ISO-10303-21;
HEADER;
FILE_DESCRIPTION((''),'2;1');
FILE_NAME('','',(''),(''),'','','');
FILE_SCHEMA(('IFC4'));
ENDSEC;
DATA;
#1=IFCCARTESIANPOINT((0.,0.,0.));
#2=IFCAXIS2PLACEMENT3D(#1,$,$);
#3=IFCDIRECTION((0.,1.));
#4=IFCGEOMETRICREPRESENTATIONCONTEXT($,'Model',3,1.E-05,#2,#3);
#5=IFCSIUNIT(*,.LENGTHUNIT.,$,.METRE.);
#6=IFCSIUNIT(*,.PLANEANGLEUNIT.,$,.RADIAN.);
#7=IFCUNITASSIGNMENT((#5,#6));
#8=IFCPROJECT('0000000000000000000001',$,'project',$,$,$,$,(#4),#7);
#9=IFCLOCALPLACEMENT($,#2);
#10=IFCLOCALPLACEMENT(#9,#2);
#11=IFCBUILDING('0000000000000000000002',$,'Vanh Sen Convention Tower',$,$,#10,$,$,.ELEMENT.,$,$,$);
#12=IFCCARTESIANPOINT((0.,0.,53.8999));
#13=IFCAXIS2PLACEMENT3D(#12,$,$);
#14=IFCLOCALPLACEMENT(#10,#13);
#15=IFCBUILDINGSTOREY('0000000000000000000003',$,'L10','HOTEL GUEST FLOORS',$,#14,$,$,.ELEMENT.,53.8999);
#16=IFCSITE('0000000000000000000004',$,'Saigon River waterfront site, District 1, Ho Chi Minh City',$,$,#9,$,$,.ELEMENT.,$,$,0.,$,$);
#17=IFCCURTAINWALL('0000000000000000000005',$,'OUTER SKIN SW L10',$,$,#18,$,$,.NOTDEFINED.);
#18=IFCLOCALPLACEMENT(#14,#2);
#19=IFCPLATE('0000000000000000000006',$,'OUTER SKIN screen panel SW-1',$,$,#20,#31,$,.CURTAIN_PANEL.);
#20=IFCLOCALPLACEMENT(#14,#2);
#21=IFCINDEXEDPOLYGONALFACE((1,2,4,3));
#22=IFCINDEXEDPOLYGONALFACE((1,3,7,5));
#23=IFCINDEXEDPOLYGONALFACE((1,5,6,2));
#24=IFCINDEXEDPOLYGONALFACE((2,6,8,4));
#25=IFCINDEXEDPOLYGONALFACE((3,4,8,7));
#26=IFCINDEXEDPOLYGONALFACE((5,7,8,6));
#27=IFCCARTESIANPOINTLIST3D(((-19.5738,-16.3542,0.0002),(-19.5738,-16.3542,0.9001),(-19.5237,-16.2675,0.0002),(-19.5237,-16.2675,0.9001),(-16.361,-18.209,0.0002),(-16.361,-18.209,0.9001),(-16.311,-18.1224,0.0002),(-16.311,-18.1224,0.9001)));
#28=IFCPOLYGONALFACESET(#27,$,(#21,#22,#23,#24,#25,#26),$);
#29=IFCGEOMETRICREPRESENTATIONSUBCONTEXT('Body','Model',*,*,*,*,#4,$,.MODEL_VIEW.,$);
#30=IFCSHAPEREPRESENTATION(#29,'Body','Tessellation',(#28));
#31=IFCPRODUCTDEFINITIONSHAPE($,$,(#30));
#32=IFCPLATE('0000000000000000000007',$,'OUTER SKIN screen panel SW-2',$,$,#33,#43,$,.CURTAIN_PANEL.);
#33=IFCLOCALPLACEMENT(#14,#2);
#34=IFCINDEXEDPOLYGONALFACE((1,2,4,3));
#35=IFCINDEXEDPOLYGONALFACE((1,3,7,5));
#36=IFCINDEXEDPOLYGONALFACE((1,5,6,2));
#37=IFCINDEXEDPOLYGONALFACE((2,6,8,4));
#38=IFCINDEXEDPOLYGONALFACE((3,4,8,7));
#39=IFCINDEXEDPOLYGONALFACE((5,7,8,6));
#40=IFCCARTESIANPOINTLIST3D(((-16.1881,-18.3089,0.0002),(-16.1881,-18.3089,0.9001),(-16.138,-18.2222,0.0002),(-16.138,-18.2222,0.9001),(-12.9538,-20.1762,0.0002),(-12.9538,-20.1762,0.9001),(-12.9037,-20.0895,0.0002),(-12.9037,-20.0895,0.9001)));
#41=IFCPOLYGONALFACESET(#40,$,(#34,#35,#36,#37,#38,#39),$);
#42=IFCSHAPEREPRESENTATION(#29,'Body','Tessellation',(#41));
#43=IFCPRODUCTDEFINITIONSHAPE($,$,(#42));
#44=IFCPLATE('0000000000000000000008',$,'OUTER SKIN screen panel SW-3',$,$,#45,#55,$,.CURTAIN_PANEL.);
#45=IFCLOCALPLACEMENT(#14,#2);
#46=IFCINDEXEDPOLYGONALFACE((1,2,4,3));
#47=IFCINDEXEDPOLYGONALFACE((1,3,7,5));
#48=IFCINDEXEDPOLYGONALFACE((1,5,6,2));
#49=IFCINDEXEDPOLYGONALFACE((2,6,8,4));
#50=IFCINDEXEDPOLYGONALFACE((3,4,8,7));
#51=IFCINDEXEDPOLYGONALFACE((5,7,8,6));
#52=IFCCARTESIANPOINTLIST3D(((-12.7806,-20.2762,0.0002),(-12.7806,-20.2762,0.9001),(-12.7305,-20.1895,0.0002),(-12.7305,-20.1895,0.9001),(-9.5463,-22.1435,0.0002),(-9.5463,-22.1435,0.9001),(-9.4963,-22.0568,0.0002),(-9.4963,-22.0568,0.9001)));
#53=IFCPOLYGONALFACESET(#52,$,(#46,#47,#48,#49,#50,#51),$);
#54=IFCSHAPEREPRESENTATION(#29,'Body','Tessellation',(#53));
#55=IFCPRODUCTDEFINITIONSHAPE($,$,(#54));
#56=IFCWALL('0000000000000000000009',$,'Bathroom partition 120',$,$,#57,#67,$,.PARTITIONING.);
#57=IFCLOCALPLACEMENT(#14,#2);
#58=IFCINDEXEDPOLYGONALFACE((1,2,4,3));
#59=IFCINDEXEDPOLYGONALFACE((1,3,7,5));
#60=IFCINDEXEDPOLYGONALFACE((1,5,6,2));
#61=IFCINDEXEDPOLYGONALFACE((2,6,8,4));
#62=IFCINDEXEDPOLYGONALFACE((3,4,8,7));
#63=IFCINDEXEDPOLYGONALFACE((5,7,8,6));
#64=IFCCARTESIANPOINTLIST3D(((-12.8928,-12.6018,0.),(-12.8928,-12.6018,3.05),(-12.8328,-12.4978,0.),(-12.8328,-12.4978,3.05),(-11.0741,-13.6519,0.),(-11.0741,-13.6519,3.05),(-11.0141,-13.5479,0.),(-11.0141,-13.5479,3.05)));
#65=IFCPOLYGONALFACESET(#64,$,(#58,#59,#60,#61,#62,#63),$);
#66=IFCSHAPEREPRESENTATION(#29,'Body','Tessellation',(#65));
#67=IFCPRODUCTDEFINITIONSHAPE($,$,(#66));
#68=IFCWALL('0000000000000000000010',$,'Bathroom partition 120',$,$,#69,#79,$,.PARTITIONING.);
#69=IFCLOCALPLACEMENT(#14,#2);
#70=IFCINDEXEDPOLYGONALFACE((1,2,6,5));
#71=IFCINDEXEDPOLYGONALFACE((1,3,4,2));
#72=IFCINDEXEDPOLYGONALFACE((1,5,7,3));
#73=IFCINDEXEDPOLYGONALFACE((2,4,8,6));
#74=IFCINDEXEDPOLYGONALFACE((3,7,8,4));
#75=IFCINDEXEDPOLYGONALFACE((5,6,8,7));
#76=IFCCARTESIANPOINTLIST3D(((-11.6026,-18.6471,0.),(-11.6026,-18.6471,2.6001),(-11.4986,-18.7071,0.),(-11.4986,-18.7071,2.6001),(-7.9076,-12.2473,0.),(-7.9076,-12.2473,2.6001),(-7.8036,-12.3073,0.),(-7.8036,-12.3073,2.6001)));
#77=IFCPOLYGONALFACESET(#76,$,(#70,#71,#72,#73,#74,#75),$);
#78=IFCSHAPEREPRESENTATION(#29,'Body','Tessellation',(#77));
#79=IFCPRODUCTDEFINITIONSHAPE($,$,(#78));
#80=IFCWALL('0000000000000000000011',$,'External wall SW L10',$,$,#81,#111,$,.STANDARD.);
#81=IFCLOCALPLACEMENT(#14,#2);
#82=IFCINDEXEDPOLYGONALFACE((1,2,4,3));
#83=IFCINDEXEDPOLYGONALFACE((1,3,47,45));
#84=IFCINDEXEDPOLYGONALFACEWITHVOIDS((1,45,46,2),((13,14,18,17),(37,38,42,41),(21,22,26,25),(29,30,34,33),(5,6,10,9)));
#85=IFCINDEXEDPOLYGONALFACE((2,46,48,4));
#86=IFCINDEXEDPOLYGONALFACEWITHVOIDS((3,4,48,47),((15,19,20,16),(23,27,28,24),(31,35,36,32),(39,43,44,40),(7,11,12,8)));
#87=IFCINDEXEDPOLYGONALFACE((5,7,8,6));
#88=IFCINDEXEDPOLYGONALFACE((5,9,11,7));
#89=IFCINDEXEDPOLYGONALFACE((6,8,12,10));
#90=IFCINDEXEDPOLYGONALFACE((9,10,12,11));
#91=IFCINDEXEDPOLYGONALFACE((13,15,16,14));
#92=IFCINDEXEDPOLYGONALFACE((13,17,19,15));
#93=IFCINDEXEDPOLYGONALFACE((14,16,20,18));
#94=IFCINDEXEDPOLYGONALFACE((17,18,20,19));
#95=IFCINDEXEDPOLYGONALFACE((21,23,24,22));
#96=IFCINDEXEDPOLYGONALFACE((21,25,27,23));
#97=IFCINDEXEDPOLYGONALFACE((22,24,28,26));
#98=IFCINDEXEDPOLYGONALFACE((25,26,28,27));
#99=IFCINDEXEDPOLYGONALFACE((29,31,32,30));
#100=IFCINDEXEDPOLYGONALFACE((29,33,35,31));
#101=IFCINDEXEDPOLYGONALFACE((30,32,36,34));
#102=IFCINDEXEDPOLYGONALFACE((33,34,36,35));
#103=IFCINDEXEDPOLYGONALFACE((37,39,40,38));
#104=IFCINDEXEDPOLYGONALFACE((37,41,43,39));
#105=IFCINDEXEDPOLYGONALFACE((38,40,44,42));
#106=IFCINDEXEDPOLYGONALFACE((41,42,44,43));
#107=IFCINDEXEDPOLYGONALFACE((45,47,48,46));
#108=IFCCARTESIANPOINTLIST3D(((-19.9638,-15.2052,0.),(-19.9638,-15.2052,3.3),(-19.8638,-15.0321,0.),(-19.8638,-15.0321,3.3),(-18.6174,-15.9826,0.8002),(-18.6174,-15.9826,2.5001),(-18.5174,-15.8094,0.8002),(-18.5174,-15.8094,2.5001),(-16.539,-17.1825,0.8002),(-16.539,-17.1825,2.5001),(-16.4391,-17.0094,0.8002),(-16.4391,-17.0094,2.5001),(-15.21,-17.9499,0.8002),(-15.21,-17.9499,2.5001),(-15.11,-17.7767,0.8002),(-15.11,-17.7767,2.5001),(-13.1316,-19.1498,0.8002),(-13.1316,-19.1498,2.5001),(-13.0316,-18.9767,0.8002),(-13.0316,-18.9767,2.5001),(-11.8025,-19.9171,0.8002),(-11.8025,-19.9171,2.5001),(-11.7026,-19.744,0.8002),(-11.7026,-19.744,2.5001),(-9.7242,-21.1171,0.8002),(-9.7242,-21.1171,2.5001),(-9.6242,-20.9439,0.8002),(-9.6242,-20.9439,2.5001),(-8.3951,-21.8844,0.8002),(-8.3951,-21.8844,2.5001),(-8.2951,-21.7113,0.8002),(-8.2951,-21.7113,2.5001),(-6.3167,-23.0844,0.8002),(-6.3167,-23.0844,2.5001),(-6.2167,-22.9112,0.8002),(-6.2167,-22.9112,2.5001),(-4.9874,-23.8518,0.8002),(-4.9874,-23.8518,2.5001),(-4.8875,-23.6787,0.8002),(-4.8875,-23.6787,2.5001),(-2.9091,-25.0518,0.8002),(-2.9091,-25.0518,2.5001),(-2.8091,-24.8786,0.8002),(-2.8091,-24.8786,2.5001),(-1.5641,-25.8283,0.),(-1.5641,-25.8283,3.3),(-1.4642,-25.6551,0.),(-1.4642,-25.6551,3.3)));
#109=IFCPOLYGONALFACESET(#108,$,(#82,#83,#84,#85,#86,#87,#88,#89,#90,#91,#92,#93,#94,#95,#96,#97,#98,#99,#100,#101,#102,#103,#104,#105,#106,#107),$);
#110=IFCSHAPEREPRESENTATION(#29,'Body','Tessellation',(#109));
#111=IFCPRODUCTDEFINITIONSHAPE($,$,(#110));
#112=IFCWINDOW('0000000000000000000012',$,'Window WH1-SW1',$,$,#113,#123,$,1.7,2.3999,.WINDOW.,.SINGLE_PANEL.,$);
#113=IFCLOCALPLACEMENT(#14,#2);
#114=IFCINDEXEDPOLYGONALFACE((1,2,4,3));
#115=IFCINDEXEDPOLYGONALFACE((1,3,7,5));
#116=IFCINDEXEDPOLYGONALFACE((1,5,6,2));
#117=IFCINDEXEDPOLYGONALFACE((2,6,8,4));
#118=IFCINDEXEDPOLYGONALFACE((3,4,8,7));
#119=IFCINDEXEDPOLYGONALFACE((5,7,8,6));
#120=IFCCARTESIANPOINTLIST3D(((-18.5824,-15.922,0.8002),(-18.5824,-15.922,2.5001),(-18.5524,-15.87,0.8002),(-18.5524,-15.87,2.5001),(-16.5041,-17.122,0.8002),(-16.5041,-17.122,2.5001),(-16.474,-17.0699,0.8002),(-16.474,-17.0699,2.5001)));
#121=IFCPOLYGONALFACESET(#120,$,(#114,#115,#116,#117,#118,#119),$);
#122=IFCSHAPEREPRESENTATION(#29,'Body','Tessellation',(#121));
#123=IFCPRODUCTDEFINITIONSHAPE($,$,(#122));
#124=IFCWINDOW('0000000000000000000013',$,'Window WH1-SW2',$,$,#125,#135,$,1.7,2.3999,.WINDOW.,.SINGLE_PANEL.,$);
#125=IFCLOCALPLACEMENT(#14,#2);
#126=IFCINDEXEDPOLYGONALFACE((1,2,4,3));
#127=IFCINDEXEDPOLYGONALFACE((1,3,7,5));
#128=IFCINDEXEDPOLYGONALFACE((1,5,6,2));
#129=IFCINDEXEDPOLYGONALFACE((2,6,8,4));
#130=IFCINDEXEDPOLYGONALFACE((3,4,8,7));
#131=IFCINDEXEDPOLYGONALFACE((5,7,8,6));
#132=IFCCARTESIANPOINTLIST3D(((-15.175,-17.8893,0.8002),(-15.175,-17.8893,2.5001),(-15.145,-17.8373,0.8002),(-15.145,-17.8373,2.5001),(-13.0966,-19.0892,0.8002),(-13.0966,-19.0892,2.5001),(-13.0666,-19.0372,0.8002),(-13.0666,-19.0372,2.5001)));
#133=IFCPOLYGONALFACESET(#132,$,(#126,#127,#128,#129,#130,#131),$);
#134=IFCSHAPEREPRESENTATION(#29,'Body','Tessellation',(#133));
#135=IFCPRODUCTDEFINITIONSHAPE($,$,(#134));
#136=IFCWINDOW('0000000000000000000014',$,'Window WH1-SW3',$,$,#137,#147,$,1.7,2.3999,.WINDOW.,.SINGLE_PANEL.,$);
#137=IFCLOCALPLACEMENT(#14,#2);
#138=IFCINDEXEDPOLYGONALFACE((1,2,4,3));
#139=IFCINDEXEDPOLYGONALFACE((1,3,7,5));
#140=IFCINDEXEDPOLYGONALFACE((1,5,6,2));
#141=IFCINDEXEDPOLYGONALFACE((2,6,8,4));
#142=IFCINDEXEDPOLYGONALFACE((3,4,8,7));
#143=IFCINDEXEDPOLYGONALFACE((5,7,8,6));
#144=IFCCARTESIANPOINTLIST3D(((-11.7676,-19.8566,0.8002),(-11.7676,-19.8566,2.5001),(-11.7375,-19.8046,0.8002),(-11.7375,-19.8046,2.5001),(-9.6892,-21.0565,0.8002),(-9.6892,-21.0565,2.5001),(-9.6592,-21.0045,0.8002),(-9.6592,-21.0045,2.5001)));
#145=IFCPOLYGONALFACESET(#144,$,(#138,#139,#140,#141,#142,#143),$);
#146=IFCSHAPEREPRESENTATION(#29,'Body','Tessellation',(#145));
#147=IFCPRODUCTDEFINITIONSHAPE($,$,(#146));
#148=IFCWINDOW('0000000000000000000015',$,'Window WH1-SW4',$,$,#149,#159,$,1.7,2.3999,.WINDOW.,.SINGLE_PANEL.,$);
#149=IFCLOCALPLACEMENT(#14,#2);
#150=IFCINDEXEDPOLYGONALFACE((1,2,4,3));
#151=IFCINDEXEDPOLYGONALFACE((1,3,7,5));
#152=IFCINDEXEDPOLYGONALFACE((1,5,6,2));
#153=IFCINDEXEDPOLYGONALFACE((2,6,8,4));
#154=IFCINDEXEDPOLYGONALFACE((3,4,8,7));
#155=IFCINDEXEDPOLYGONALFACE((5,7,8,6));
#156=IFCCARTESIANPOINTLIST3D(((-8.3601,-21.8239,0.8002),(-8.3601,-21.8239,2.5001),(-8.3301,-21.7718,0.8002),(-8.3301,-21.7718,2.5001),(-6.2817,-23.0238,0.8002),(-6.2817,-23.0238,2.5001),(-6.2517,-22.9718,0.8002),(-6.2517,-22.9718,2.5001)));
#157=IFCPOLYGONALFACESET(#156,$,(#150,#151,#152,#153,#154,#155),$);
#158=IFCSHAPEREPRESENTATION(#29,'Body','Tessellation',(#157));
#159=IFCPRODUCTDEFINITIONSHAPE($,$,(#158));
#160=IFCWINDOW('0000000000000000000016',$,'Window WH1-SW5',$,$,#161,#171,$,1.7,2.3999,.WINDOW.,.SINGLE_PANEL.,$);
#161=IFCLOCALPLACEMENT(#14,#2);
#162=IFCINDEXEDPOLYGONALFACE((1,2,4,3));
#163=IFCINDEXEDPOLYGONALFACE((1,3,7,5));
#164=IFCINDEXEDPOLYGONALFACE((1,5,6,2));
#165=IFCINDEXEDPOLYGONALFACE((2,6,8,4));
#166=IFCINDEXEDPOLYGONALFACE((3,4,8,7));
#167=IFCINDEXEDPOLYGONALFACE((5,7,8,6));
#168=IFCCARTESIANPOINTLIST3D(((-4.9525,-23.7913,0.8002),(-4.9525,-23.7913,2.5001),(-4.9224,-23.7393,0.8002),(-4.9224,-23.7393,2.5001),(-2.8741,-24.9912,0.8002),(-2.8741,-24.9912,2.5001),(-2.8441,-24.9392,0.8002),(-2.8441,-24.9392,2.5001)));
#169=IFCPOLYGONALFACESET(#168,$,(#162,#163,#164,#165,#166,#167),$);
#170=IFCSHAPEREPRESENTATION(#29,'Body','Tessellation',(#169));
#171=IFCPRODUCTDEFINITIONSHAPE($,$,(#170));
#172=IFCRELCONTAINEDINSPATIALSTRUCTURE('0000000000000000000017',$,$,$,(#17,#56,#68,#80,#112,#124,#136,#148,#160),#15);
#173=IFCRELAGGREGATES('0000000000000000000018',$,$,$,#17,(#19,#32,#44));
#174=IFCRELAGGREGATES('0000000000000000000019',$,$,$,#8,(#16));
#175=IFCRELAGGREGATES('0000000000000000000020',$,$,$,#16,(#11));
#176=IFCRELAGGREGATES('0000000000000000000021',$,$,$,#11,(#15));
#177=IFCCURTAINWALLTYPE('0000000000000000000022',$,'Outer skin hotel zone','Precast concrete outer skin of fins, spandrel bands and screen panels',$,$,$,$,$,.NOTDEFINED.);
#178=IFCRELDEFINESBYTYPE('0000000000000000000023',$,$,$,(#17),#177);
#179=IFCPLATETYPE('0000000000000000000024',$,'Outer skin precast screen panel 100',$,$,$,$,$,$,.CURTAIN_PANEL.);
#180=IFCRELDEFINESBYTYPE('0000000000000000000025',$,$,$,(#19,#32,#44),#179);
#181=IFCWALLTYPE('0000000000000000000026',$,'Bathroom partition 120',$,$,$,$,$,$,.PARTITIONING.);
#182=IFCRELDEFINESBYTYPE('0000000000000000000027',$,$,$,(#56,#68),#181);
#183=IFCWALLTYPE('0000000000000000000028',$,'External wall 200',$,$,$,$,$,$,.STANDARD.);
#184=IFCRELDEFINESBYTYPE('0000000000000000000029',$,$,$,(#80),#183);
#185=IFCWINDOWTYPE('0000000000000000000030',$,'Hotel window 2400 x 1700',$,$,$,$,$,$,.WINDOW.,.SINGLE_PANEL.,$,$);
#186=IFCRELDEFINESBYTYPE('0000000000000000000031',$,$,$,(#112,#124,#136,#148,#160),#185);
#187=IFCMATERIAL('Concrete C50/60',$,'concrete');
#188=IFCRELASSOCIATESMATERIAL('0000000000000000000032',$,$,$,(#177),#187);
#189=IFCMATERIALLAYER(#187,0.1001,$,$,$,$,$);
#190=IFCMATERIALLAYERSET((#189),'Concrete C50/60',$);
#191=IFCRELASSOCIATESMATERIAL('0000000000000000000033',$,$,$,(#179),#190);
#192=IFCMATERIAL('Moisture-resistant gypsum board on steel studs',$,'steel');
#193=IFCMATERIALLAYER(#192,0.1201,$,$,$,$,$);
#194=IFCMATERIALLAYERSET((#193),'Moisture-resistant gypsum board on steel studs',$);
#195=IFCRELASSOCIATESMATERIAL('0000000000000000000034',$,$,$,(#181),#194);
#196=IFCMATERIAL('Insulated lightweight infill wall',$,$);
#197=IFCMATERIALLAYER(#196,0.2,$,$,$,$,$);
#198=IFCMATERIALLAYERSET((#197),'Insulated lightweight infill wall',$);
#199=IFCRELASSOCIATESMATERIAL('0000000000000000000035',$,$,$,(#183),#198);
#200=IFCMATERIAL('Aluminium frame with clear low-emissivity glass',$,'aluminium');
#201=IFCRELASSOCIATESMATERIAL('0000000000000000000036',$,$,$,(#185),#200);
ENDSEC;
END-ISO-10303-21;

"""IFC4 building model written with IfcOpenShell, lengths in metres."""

from ifc_helpers import new_model, si_unit, direction, frame, frame_2d, origin, origin_2d, place, context, subcontext, project, spatial, rectangle, extrude, material, layer, layer_set, type_object, element, fill, aggregate, save


model = new_model("IFC4")

# Units and contexts
model_context = context("Model", 3, precision=1e-05, world=origin(), true_north=direction((0.0, 1.0)))
body_context = subcontext(model_context, "Body", "Model", "MODEL_VIEW")
ifc_project = project(units=[si_unit("LENGTHUNIT", "METRE"), si_unit("PLANEANGLEUNIT", "RADIAN")], contexts=[model_context])

# Site, building, storey
site_placement = place(None, origin())
site = spatial("IfcSite", under=ifc_project, at=site_placement, Name="Saigon River waterfront site, District 1, Ho Chi Minh City", CompositionType="ELEMENT", RefElevation=0.0)
building_placement = place(site_placement, origin())
building = spatial("IfcBuilding", under=site, at=building_placement, Name="Vanh Sen Convention Tower", CompositionType="ELEMENT")
storey_placement = place(building_placement, frame((0.0, 0.0, 53.8999)))
storey = spatial("IfcBuildingStorey", under=building, at=storey_placement, Name="L10", Description="HOTEL GUEST FLOORS", CompositionType="ELEMENT", Elevation=53.8999)

# Curtain wall
ifc_material_1 = material(Name="Concrete C50/60", Category="concrete")
curtain_wall_type = type_object("IfcCurtainWallType", Name="Outer skin hotel zone", Description="Precast concrete outer skin of fins, spandrel bands and screen panels", PredefinedType="NOTDEFINED", material=ifc_material_1)
curtain_wall_1_placement = place(storey_placement, origin())
curtain_wall_1 = element("IfcCurtainWall", 1, at=curtain_wall_1_placement, inside=storey, type_object=curtain_wall_type, Name="OUTER SKIN SW L10", PredefinedType="NOTDEFINED")

# Shared definitions
ifc_layer_1 = layer(ifc_material_1, 0.1001)
ifc_layer_set_1 = layer_set([ifc_layer_1], Name="Concrete C50/60")
plate_type = type_object("IfcPlateType", Name="Outer skin precast screen panel 100", PredefinedType="CURTAIN_PANEL", material=ifc_layer_set_1)

# Plates
plate_1_placement = place(storey_placement, frame((-17.9424, -17.2383, 0.0002), z_axis=(0.0, 0.0, 1.0), x_axis=(0.866028, -0.499995, 0.0)))
plate_1 = element("IfcPlate", 2, at=plate_1_placement, type_object=plate_type, Name="OUTER SKIN screen panel SW-1", PredefinedType="CURTAIN_PANEL", context=body_context, shape_type="SweptSolid", body=[
    extrude(rectangle(XDim=3.7097, YDim=0.1001, at=origin_2d()), origin(), (0.0, 0.0, 1.0), 0.8999),
])
plate_2_placement = place(storey_placement, frame((-14.5459, -19.1992, 0.0002), z_axis=(0.0, 0.0, 1.0), x_axis=(0.866032, -0.499988, 0.0)))
plate_2 = element("IfcPlate", 3, at=plate_2_placement, type_object=plate_type, Name="OUTER SKIN screen panel SW-2", PredefinedType="CURTAIN_PANEL", context=body_context, shape_type="SweptSolid", body=[
    extrude(rectangle(XDim=3.7346, YDim=0.1001, at=origin_2d()), origin(), (0.0, 0.0, 1.0), 0.8999),
])
plate_3_placement = place(storey_placement, frame((-11.1384, -21.1665, 0.0002), z_axis=(0.0, 0.0, 1.0), x_axis=(0.866028, -0.499995, 0.0)))
plate_3 = element("IfcPlate", 4, at=plate_3_placement, type_object=plate_type, Name="OUTER SKIN screen panel SW-3", PredefinedType="CURTAIN_PANEL", context=body_context, shape_type="SweptSolid", body=[
    extrude(rectangle(XDim=3.7346, YDim=0.1001, at=origin_2d()), origin(), (0.0, 0.0, 1.0), 0.8999),
])
aggregate(curtain_wall_1, [plate_1, plate_2, plate_3])

# Walls
ifc_material_2 = material(Name="Moisture-resistant gypsum board on steel studs", Category="steel")
ifc_layer_2 = layer(ifc_material_2, 0.1201)
ifc_layer_set_2 = layer_set([ifc_layer_2], Name="Moisture-resistant gypsum board on steel studs")
wall_type_1 = type_object("IfcWallType", Name="Bathroom partition 120", PredefinedType="PARTITIONING", material=ifc_layer_set_2)
wall_1_placement = place(storey_placement, frame((-12.8628, -12.5498, 0.0), z_axis=(0.0, 0.0, 1.0), x_axis=(0.866009, -0.500028, 0.0)))
element("IfcWall", 5, at=wall_1_placement, inside=storey, type_object=wall_type_1, Name="Bathroom partition 120", PredefinedType="PARTITIONING", context=body_context, shape_type="SweptSolid", body=[
    extrude(rectangle(XDim=2.1001, YDim=0.1201, at=frame_2d((1.05, 0.0))), origin(), (0.0, 0.0, 1.0), 3.05),
])
wall_2_placement = place(storey_placement, frame((-11.5505, -18.677, 0.0), z_axis=(0.0, 0.0, 1.0), x_axis=(0.500008, 0.866021, 0.0)))
element("IfcWall", 6, at=wall_2_placement, inside=storey, type_object=wall_type_1, Name="Bathroom partition 120", PredefinedType="PARTITIONING", context=body_context, shape_type="SweptSolid", body=[
    extrude(rectangle(XDim=7.3899, YDim=0.1201, at=frame_2d((3.6948, 0.0))), origin(), (0.0, 0.0, 1.0), 2.6001),
])

# Wall, openings, windows
ifc_material_3 = material(Name="Insulated lightweight infill wall")
ifc_layer_3 = layer(ifc_material_3, 0.2)
ifc_layer_set_3 = layer_set([ifc_layer_3], Name="Insulated lightweight infill wall")
wall_type_2 = type_object("IfcWallType", Name="External wall 200", PredefinedType="STANDARD", material=ifc_layer_set_3)
wall_3_placement = place(storey_placement, frame((-19.9138, -15.1187, 0.0), z_axis=(0.0, 0.0, 1.0), x_axis=(0.866025, -0.5, 0.0)))
wall_3 = element("IfcWall", 7, at=wall_3_placement, inside=storey, type_object=wall_type_2, Name="External wall SW L10", PredefinedType="STANDARD", context=body_context, shape_type="SweptSolid", body=[
    extrude(rectangle(XDim=21.2461, YDim=0.2, at=frame_2d((10.623, 0.0))), origin(), (0.0, 0.0, 1.0), 3.3),
])
opening_1_placement = place(wall_3_placement, frame((1.5547, 0.0, 0.8)))
opening_1 = element("IfcOpeningElement", 8, at=opening_1_placement, cuts=wall_3, PredefinedType="OPENING", context=body_context, shape_type="SweptSolid", body=[
    extrude(rectangle(XDim=2.3999, YDim=1.7, at=frame_2d((1.2, 0.8501))), frame((0.0, 0.1099, 0.0), z_axis=(0.0, -1.0, 0.0), x_axis=(1.0, 0.0, 0.0)), (0.0, 0.0, 1.0), 0.22),
])
opening_2_placement = place(wall_3_placement, frame((5.4893, 0.0, 0.8)))
opening_2 = element("IfcOpeningElement", 9, at=opening_2_placement, cuts=wall_3, PredefinedType="OPENING", context=body_context, shape_type="SweptSolid", body=[
    extrude(rectangle(XDim=2.3999, YDim=1.7, at=frame_2d((1.2, 0.8501))), frame((0.0, 0.1099, 0.0), z_axis=(0.0, -1.0, 0.0), x_axis=(1.0, 0.0, 0.0)), (0.0, 0.0, 1.0), 0.22),
])
opening_3_placement = place(wall_3_placement, frame((9.4238, 0.0, 0.8)))
opening_3 = element("IfcOpeningElement", 10, at=opening_3_placement, cuts=wall_3, PredefinedType="OPENING", context=body_context, shape_type="SweptSolid", body=[
    extrude(rectangle(XDim=2.3999, YDim=1.7, at=frame_2d((1.2, 0.8501))), frame((0.0, 0.1099, 0.0), z_axis=(0.0, -1.0, 0.0), x_axis=(1.0, 0.0, 0.0)), (0.0, 0.0, 1.0), 0.22),
])
opening_4_placement = place(wall_3_placement, frame((13.3584, 0.0, 0.8)))
opening_4 = element("IfcOpeningElement", 11, at=opening_4_placement, cuts=wall_3, PredefinedType="OPENING", context=body_context, shape_type="SweptSolid", body=[
    extrude(rectangle(XDim=2.3999, YDim=1.7, at=frame_2d((1.2, 0.8501))), frame((0.0, 0.1099, 0.0), z_axis=(0.0, -1.0, 0.0), x_axis=(1.0, 0.0, 0.0)), (0.0, 0.0, 1.0), 0.22),
])
opening_5_placement = place(wall_3_placement, frame((17.2932, 0.0, 0.8)))
opening_5 = element("IfcOpeningElement", 12, at=opening_5_placement, cuts=wall_3, PredefinedType="OPENING", context=body_context, shape_type="SweptSolid", body=[
    extrude(rectangle(XDim=2.3999, YDim=1.7, at=frame_2d((1.2, 0.8501))), frame((0.0, 0.1099, 0.0), z_axis=(0.0, -1.0, 0.0), x_axis=(1.0, 0.0, 0.0)), (0.0, 0.0, 1.0), 0.22),
])
ifc_material_4 = material(Name="Aluminium frame with clear low-emissivity glass", Category="aluminium")
window_type = type_object("IfcWindowType", Name="Hotel window 2400 x 1700", PartitioningType="SINGLE_PANEL", PredefinedType="WINDOW", material=ifc_material_4)
window_1_placement = place(opening_1_placement, origin())
window_1 = element("IfcWindow", 13, at=window_1_placement, inside=storey, type_object=window_type, Name="Window WH1-SW1", OverallHeight=1.7, OverallWidth=2.3999, PartitioningType="SINGLE_PANEL", PredefinedType="WINDOW", context=body_context, shape_type="SweptSolid", body=[
    extrude(rectangle(XDim=2.3999, YDim=1.7, at=frame_2d((1.2, 0.8501))), frame((0.0, 0.03, 0.0), z_axis=(0.0, -1.0, 0.0), x_axis=(1.0, 0.0, 0.0)), (0.0, 0.0, 1.0), 0.0601),
])
fill(opening_1, window_1)
window_2_placement = place(opening_2_placement, origin())
window_2 = element("IfcWindow", 14, at=window_2_placement, inside=storey, type_object=window_type, Name="Window WH1-SW2", OverallHeight=1.7, OverallWidth=2.3999, PartitioningType="SINGLE_PANEL", PredefinedType="WINDOW", context=body_context, shape_type="SweptSolid", body=[
    extrude(rectangle(XDim=2.3999, YDim=1.7, at=frame_2d((1.2, 0.8501))), frame((0.0, 0.03, 0.0), z_axis=(0.0, -1.0, 0.0), x_axis=(1.0, 0.0, 0.0)), (0.0, 0.0, 1.0), 0.0601),
])
fill(opening_2, window_2)
window_3_placement = place(opening_3_placement, origin())
window_3 = element("IfcWindow", 15, at=window_3_placement, inside=storey, type_object=window_type, Name="Window WH1-SW3", OverallHeight=1.7, OverallWidth=2.3999, PartitioningType="SINGLE_PANEL", PredefinedType="WINDOW", context=body_context, shape_type="SweptSolid", body=[
    extrude(rectangle(XDim=2.3999, YDim=1.7, at=frame_2d((1.2, 0.8501))), frame((0.0, 0.03, 0.0), z_axis=(0.0, -1.0, 0.0), x_axis=(1.0, 0.0, 0.0)), (0.0, 0.0, 1.0), 0.0601),
])
fill(opening_3, window_3)
window_4_placement = place(opening_4_placement, origin())
window_4 = element("IfcWindow", 16, at=window_4_placement, inside=storey, type_object=window_type, Name="Window WH1-SW4", OverallHeight=1.7, OverallWidth=2.3999, PartitioningType="SINGLE_PANEL", PredefinedType="WINDOW", context=body_context, shape_type="SweptSolid", body=[
    extrude(rectangle(XDim=2.3999, YDim=1.7, at=frame_2d((1.2, 0.8501))), frame((0.0, 0.03, 0.0), z_axis=(0.0, -1.0, 0.0), x_axis=(1.0, 0.0, 0.0)), (0.0, 0.0, 1.0), 0.0601),
])
fill(opening_4, window_4)
window_5_placement = place(opening_5_placement, origin())
window_5 = element("IfcWindow", 17, at=window_5_placement, inside=storey, type_object=window_type, Name="Window WH1-SW5", OverallHeight=1.7, OverallWidth=2.3999, PartitioningType="SINGLE_PANEL", PredefinedType="WINDOW", context=body_context, shape_type="SweptSolid", body=[
    extrude(rectangle(XDim=2.3999, YDim=1.7, at=frame_2d((1.2, 0.8501))), frame((0.0, 0.03, 0.0), z_axis=(0.0, -1.0, 0.0), x_axis=(1.0, 0.0, 0.0)), (0.0, 0.0, 1.0), 0.0601),
])
fill(opening_5, window_5)

save(model, "model.ifc")
